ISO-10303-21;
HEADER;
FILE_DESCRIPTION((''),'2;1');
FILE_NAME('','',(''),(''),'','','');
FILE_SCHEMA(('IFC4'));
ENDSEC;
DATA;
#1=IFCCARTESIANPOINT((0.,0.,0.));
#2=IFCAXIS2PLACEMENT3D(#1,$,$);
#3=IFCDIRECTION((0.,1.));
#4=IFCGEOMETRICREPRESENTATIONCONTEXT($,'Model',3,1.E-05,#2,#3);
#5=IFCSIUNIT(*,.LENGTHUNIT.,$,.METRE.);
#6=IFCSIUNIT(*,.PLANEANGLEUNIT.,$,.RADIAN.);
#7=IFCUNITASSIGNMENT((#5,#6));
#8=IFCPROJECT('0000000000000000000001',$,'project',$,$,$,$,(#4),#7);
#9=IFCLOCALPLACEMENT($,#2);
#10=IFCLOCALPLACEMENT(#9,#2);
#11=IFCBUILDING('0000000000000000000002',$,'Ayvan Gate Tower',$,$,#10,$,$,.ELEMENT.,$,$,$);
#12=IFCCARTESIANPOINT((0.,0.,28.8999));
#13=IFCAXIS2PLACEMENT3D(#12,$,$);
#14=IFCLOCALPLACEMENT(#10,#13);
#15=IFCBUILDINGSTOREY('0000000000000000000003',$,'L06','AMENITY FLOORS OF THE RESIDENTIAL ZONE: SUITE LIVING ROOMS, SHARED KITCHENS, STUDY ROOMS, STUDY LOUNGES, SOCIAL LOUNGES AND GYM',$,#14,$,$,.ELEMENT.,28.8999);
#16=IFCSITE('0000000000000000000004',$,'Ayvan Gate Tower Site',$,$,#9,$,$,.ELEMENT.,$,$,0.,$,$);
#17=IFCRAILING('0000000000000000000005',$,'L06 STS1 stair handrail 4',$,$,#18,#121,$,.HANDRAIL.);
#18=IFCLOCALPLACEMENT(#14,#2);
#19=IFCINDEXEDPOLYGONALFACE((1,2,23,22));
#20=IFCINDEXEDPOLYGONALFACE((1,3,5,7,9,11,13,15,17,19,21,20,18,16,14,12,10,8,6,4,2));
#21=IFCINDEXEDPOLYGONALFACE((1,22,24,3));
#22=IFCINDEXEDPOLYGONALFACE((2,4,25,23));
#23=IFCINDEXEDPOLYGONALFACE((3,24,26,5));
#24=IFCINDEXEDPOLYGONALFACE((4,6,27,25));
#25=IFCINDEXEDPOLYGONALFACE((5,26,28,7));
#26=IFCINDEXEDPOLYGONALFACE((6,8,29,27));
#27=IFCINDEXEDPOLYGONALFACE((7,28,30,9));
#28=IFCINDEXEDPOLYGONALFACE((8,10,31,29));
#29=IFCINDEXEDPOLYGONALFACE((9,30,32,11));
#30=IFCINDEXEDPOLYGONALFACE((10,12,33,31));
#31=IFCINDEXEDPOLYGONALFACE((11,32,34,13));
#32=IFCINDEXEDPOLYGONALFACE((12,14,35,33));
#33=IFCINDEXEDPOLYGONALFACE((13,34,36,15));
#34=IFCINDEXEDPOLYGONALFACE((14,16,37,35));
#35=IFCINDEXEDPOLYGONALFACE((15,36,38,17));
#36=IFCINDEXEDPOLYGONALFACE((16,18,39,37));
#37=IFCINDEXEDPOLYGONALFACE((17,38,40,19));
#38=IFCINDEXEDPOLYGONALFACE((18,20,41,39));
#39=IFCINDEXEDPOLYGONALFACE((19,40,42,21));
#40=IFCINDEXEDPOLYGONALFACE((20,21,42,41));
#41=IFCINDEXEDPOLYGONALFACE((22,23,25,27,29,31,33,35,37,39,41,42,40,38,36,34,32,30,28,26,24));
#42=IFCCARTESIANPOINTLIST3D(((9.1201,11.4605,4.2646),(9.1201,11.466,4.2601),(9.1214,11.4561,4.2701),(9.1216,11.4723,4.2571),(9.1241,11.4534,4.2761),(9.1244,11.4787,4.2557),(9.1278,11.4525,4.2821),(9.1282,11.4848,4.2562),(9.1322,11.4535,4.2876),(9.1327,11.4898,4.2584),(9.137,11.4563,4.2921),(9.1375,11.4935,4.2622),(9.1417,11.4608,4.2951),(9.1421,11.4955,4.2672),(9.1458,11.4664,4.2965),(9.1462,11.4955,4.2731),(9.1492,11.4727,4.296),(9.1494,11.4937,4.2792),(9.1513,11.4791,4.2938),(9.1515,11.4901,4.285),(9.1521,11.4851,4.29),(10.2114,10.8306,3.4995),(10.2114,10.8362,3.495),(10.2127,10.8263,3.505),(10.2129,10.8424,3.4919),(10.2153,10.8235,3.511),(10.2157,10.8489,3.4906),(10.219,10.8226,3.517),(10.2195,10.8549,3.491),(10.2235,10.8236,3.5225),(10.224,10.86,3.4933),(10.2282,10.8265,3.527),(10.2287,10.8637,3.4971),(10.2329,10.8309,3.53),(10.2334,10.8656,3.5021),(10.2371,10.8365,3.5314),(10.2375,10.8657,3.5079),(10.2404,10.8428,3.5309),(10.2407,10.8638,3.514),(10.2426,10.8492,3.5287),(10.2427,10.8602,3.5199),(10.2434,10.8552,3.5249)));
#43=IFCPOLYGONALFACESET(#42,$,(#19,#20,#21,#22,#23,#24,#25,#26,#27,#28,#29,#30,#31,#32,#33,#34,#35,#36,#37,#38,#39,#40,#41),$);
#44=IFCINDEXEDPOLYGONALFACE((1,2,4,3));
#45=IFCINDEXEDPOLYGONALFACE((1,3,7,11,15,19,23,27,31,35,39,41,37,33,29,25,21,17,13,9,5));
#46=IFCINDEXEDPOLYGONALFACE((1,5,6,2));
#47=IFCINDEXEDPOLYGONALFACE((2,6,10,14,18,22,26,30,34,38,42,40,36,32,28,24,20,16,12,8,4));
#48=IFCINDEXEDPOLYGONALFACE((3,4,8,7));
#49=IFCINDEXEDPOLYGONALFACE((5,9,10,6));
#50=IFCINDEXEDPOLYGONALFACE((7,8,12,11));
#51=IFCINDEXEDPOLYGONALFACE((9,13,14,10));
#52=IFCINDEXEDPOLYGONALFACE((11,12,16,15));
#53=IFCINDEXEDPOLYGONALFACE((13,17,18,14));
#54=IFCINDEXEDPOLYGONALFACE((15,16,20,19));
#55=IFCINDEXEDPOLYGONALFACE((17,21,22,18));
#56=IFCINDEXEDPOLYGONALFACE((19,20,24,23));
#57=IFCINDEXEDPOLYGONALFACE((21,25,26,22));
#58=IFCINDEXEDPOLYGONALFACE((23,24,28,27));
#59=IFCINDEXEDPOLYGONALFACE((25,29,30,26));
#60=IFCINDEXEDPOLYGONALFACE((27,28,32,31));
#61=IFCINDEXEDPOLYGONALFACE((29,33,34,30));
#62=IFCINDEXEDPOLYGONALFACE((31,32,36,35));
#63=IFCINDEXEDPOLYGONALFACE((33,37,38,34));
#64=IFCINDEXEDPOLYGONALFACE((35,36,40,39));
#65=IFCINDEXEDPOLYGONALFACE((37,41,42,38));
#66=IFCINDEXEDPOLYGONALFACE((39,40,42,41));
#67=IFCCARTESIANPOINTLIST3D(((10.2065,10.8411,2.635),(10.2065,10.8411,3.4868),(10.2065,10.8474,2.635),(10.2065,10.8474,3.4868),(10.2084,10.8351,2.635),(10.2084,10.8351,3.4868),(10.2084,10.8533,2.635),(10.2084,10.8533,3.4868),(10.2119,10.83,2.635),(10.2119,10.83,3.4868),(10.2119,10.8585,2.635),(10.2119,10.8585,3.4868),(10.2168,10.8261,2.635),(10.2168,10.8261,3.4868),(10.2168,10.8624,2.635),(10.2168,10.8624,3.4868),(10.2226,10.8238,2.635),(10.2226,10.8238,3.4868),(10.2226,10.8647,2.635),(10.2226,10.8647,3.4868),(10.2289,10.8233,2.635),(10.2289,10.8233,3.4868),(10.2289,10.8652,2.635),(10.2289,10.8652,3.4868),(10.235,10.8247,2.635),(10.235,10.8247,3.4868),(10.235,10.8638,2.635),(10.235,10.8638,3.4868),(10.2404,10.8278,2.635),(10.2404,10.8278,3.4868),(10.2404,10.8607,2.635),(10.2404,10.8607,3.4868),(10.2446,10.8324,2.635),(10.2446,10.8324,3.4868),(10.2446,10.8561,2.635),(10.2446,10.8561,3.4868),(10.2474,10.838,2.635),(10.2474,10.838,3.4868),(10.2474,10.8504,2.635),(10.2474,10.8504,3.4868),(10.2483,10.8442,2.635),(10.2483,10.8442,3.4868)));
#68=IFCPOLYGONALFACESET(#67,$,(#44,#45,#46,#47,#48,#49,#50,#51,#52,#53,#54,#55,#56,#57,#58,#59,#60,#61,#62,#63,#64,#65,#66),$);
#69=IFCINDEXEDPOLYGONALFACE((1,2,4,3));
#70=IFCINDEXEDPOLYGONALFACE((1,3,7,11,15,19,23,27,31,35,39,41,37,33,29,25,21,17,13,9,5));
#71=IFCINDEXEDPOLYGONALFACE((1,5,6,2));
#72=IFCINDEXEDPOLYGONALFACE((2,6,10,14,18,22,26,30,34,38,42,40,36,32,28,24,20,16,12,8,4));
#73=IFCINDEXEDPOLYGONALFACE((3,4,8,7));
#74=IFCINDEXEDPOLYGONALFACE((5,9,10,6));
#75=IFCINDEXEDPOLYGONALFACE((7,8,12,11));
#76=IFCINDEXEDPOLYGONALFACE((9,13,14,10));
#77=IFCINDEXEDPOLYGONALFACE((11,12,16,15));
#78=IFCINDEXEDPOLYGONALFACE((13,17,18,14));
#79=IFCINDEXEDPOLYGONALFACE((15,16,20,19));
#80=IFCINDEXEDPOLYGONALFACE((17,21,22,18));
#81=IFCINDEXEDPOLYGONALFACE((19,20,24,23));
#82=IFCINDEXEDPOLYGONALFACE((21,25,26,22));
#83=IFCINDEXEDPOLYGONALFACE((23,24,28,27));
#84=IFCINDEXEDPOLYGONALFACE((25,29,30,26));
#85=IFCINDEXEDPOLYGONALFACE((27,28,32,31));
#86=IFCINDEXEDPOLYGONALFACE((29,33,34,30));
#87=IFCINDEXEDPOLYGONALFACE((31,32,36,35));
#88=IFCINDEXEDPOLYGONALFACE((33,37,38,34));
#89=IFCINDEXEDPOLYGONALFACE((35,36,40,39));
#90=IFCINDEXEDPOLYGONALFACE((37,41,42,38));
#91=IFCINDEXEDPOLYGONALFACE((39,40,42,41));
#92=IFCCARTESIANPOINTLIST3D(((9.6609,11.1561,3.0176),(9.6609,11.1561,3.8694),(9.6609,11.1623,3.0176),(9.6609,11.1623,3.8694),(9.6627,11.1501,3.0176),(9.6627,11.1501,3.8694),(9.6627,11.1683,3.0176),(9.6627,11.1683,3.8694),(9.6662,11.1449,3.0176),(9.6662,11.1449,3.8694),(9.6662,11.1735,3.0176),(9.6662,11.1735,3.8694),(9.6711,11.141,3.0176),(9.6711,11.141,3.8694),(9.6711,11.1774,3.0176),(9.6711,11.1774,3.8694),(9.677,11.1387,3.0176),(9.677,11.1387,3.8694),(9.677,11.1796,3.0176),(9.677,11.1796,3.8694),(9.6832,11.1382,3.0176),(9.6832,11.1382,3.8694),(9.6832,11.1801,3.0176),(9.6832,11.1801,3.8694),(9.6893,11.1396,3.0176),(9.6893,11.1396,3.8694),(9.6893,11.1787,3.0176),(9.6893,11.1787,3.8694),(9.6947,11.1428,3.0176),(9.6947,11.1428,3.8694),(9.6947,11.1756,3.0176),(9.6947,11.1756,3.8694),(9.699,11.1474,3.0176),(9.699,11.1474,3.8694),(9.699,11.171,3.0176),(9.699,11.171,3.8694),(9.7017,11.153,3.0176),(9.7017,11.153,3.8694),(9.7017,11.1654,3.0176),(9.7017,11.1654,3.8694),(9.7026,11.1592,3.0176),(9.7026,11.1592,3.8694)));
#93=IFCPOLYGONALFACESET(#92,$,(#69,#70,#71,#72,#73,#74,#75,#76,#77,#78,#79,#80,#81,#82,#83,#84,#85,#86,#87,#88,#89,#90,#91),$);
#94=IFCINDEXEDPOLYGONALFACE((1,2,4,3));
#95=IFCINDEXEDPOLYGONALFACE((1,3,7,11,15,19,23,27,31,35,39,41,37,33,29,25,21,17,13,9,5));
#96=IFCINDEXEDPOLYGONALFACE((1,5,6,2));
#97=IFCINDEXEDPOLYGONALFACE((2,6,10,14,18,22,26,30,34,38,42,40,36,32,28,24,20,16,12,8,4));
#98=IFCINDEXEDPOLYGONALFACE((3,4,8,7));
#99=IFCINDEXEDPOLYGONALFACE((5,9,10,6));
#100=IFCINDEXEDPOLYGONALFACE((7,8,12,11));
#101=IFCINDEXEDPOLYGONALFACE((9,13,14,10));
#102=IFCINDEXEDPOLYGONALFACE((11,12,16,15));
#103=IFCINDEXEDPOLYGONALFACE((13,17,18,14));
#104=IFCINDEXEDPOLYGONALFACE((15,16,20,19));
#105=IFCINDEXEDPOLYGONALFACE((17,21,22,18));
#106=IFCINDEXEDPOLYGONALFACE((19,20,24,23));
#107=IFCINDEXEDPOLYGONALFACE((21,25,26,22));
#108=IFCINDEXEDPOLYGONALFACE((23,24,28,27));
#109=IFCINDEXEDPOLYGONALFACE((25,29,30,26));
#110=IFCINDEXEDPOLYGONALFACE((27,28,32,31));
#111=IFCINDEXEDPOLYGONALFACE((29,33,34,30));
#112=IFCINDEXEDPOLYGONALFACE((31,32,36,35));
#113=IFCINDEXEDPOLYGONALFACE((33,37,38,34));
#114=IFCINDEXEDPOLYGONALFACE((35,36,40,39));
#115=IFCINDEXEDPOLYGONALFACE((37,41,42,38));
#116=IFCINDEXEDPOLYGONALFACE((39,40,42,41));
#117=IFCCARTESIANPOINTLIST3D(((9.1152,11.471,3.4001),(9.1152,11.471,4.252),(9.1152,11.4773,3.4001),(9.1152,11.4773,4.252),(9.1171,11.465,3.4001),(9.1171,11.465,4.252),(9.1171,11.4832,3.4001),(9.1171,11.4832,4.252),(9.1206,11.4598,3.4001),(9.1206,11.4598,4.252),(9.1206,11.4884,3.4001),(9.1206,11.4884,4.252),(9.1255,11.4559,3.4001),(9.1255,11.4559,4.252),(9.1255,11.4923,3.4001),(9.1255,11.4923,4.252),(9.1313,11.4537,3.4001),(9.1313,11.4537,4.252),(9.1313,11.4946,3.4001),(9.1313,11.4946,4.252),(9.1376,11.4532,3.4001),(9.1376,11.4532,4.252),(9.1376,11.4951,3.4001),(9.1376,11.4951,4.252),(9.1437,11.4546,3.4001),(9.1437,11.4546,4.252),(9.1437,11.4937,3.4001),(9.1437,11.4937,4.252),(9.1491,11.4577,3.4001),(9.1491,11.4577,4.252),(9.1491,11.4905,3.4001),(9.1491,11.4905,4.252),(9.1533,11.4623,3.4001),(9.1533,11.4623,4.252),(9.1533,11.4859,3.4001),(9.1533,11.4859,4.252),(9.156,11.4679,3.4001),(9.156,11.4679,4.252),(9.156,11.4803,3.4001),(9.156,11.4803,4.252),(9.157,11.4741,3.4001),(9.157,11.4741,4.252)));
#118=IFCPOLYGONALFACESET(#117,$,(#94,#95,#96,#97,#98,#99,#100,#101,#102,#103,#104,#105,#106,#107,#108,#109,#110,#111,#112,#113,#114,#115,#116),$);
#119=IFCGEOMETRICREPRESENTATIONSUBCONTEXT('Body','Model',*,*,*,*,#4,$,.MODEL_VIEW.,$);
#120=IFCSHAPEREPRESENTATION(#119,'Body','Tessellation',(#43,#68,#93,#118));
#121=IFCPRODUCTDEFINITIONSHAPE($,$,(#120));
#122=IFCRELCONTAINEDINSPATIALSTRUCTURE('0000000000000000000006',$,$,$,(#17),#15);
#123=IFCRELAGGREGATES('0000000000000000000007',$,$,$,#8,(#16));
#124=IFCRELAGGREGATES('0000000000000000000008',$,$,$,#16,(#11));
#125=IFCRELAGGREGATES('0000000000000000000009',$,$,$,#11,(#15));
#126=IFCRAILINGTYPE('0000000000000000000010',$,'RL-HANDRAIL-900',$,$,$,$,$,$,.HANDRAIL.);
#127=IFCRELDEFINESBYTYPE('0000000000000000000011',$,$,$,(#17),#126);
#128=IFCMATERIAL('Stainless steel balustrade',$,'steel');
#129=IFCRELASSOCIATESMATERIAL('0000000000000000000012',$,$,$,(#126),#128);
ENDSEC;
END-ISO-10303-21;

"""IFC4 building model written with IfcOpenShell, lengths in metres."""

from ifc_helpers import new_model, si_unit, direction, frame, origin, origin_2d, place, context, subcontext, project, spatial, circle, extrude, material, type_object, element, save


model = new_model("IFC4")

# Units and contexts
model_context = context("Model", 3, precision=1e-05, world=origin(), true_north=direction((0.0, 1.0)))
body_context = subcontext(model_context, "Body", "Model", "MODEL_VIEW")
ifc_project = project(units=[si_unit("LENGTHUNIT", "METRE"), si_unit("PLANEANGLEUNIT", "RADIAN")], contexts=[model_context])

# Site, building, storey
site_placement = place(None, origin())
site = spatial("IfcSite", under=ifc_project, at=site_placement, Name="Ayvan Gate Tower Site", CompositionType="ELEMENT", RefElevation=0.0)
building_placement = place(site_placement, origin())
building = spatial("IfcBuilding", under=site, at=building_placement, Name="Ayvan Gate Tower", CompositionType="ELEMENT")
storey_placement = place(building_placement, frame((0.0, 0.0, 28.8999)))
storey = spatial("IfcBuildingStorey", under=building, at=storey_placement, Name="L06", Description="AMENITY FLOORS OF THE RESIDENTIAL ZONE: SUITE LIVING ROOMS, SHARED KITCHENS, STUDY ROOMS, STUDY LOUNGES, SOCIAL LOUNGES AND GYM", CompositionType="ELEMENT", Elevation=28.8999)

# Railing
ifc_material_1 = material(Name="Stainless steel balustrade", Category="steel")
railing_type_1 = type_object("IfcRailingType", Name="RL-HANDRAIL-900", PredefinedType="HANDRAIL", material=ifc_material_1)
railing_1_placement = place(storey_placement, frame((10.2273, 10.8442, 2.635)))
element("IfcRailing", 1, at=railing_1_placement, inside=storey, type_object=railing_type_1, Name="L06 STS1 stair handrail 4", PredefinedType="HANDRAIL", context=body_context, shape_type="SweptSolid", body=[
    extrude(circle(Radius=0.0239, at=origin_2d()), frame((0.0, 0.0, 0.876), z_axis=(-0.740293, 0.427283, 0.519033), x_axis=(-0.49989, -0.866089, 0.0)), (0.0, 0.0, 1.0), 1.4741),
    extrude(circle(Radius=0.021, at=origin_2d()), origin(), (0.0, 0.0, 1.0), 0.8518),
    extrude(circle(Radius=0.021, at=origin_2d()), frame((-0.5457, 0.3149, 0.3826)), (0.0, 0.0, 1.0), 0.8518),
    extrude(circle(Radius=0.021, at=origin_2d()), frame((-1.0913, 0.6299, 0.7651)), (0.0, 0.0, 1.0), 0.8518),
])

save(model, "model.ifc")
